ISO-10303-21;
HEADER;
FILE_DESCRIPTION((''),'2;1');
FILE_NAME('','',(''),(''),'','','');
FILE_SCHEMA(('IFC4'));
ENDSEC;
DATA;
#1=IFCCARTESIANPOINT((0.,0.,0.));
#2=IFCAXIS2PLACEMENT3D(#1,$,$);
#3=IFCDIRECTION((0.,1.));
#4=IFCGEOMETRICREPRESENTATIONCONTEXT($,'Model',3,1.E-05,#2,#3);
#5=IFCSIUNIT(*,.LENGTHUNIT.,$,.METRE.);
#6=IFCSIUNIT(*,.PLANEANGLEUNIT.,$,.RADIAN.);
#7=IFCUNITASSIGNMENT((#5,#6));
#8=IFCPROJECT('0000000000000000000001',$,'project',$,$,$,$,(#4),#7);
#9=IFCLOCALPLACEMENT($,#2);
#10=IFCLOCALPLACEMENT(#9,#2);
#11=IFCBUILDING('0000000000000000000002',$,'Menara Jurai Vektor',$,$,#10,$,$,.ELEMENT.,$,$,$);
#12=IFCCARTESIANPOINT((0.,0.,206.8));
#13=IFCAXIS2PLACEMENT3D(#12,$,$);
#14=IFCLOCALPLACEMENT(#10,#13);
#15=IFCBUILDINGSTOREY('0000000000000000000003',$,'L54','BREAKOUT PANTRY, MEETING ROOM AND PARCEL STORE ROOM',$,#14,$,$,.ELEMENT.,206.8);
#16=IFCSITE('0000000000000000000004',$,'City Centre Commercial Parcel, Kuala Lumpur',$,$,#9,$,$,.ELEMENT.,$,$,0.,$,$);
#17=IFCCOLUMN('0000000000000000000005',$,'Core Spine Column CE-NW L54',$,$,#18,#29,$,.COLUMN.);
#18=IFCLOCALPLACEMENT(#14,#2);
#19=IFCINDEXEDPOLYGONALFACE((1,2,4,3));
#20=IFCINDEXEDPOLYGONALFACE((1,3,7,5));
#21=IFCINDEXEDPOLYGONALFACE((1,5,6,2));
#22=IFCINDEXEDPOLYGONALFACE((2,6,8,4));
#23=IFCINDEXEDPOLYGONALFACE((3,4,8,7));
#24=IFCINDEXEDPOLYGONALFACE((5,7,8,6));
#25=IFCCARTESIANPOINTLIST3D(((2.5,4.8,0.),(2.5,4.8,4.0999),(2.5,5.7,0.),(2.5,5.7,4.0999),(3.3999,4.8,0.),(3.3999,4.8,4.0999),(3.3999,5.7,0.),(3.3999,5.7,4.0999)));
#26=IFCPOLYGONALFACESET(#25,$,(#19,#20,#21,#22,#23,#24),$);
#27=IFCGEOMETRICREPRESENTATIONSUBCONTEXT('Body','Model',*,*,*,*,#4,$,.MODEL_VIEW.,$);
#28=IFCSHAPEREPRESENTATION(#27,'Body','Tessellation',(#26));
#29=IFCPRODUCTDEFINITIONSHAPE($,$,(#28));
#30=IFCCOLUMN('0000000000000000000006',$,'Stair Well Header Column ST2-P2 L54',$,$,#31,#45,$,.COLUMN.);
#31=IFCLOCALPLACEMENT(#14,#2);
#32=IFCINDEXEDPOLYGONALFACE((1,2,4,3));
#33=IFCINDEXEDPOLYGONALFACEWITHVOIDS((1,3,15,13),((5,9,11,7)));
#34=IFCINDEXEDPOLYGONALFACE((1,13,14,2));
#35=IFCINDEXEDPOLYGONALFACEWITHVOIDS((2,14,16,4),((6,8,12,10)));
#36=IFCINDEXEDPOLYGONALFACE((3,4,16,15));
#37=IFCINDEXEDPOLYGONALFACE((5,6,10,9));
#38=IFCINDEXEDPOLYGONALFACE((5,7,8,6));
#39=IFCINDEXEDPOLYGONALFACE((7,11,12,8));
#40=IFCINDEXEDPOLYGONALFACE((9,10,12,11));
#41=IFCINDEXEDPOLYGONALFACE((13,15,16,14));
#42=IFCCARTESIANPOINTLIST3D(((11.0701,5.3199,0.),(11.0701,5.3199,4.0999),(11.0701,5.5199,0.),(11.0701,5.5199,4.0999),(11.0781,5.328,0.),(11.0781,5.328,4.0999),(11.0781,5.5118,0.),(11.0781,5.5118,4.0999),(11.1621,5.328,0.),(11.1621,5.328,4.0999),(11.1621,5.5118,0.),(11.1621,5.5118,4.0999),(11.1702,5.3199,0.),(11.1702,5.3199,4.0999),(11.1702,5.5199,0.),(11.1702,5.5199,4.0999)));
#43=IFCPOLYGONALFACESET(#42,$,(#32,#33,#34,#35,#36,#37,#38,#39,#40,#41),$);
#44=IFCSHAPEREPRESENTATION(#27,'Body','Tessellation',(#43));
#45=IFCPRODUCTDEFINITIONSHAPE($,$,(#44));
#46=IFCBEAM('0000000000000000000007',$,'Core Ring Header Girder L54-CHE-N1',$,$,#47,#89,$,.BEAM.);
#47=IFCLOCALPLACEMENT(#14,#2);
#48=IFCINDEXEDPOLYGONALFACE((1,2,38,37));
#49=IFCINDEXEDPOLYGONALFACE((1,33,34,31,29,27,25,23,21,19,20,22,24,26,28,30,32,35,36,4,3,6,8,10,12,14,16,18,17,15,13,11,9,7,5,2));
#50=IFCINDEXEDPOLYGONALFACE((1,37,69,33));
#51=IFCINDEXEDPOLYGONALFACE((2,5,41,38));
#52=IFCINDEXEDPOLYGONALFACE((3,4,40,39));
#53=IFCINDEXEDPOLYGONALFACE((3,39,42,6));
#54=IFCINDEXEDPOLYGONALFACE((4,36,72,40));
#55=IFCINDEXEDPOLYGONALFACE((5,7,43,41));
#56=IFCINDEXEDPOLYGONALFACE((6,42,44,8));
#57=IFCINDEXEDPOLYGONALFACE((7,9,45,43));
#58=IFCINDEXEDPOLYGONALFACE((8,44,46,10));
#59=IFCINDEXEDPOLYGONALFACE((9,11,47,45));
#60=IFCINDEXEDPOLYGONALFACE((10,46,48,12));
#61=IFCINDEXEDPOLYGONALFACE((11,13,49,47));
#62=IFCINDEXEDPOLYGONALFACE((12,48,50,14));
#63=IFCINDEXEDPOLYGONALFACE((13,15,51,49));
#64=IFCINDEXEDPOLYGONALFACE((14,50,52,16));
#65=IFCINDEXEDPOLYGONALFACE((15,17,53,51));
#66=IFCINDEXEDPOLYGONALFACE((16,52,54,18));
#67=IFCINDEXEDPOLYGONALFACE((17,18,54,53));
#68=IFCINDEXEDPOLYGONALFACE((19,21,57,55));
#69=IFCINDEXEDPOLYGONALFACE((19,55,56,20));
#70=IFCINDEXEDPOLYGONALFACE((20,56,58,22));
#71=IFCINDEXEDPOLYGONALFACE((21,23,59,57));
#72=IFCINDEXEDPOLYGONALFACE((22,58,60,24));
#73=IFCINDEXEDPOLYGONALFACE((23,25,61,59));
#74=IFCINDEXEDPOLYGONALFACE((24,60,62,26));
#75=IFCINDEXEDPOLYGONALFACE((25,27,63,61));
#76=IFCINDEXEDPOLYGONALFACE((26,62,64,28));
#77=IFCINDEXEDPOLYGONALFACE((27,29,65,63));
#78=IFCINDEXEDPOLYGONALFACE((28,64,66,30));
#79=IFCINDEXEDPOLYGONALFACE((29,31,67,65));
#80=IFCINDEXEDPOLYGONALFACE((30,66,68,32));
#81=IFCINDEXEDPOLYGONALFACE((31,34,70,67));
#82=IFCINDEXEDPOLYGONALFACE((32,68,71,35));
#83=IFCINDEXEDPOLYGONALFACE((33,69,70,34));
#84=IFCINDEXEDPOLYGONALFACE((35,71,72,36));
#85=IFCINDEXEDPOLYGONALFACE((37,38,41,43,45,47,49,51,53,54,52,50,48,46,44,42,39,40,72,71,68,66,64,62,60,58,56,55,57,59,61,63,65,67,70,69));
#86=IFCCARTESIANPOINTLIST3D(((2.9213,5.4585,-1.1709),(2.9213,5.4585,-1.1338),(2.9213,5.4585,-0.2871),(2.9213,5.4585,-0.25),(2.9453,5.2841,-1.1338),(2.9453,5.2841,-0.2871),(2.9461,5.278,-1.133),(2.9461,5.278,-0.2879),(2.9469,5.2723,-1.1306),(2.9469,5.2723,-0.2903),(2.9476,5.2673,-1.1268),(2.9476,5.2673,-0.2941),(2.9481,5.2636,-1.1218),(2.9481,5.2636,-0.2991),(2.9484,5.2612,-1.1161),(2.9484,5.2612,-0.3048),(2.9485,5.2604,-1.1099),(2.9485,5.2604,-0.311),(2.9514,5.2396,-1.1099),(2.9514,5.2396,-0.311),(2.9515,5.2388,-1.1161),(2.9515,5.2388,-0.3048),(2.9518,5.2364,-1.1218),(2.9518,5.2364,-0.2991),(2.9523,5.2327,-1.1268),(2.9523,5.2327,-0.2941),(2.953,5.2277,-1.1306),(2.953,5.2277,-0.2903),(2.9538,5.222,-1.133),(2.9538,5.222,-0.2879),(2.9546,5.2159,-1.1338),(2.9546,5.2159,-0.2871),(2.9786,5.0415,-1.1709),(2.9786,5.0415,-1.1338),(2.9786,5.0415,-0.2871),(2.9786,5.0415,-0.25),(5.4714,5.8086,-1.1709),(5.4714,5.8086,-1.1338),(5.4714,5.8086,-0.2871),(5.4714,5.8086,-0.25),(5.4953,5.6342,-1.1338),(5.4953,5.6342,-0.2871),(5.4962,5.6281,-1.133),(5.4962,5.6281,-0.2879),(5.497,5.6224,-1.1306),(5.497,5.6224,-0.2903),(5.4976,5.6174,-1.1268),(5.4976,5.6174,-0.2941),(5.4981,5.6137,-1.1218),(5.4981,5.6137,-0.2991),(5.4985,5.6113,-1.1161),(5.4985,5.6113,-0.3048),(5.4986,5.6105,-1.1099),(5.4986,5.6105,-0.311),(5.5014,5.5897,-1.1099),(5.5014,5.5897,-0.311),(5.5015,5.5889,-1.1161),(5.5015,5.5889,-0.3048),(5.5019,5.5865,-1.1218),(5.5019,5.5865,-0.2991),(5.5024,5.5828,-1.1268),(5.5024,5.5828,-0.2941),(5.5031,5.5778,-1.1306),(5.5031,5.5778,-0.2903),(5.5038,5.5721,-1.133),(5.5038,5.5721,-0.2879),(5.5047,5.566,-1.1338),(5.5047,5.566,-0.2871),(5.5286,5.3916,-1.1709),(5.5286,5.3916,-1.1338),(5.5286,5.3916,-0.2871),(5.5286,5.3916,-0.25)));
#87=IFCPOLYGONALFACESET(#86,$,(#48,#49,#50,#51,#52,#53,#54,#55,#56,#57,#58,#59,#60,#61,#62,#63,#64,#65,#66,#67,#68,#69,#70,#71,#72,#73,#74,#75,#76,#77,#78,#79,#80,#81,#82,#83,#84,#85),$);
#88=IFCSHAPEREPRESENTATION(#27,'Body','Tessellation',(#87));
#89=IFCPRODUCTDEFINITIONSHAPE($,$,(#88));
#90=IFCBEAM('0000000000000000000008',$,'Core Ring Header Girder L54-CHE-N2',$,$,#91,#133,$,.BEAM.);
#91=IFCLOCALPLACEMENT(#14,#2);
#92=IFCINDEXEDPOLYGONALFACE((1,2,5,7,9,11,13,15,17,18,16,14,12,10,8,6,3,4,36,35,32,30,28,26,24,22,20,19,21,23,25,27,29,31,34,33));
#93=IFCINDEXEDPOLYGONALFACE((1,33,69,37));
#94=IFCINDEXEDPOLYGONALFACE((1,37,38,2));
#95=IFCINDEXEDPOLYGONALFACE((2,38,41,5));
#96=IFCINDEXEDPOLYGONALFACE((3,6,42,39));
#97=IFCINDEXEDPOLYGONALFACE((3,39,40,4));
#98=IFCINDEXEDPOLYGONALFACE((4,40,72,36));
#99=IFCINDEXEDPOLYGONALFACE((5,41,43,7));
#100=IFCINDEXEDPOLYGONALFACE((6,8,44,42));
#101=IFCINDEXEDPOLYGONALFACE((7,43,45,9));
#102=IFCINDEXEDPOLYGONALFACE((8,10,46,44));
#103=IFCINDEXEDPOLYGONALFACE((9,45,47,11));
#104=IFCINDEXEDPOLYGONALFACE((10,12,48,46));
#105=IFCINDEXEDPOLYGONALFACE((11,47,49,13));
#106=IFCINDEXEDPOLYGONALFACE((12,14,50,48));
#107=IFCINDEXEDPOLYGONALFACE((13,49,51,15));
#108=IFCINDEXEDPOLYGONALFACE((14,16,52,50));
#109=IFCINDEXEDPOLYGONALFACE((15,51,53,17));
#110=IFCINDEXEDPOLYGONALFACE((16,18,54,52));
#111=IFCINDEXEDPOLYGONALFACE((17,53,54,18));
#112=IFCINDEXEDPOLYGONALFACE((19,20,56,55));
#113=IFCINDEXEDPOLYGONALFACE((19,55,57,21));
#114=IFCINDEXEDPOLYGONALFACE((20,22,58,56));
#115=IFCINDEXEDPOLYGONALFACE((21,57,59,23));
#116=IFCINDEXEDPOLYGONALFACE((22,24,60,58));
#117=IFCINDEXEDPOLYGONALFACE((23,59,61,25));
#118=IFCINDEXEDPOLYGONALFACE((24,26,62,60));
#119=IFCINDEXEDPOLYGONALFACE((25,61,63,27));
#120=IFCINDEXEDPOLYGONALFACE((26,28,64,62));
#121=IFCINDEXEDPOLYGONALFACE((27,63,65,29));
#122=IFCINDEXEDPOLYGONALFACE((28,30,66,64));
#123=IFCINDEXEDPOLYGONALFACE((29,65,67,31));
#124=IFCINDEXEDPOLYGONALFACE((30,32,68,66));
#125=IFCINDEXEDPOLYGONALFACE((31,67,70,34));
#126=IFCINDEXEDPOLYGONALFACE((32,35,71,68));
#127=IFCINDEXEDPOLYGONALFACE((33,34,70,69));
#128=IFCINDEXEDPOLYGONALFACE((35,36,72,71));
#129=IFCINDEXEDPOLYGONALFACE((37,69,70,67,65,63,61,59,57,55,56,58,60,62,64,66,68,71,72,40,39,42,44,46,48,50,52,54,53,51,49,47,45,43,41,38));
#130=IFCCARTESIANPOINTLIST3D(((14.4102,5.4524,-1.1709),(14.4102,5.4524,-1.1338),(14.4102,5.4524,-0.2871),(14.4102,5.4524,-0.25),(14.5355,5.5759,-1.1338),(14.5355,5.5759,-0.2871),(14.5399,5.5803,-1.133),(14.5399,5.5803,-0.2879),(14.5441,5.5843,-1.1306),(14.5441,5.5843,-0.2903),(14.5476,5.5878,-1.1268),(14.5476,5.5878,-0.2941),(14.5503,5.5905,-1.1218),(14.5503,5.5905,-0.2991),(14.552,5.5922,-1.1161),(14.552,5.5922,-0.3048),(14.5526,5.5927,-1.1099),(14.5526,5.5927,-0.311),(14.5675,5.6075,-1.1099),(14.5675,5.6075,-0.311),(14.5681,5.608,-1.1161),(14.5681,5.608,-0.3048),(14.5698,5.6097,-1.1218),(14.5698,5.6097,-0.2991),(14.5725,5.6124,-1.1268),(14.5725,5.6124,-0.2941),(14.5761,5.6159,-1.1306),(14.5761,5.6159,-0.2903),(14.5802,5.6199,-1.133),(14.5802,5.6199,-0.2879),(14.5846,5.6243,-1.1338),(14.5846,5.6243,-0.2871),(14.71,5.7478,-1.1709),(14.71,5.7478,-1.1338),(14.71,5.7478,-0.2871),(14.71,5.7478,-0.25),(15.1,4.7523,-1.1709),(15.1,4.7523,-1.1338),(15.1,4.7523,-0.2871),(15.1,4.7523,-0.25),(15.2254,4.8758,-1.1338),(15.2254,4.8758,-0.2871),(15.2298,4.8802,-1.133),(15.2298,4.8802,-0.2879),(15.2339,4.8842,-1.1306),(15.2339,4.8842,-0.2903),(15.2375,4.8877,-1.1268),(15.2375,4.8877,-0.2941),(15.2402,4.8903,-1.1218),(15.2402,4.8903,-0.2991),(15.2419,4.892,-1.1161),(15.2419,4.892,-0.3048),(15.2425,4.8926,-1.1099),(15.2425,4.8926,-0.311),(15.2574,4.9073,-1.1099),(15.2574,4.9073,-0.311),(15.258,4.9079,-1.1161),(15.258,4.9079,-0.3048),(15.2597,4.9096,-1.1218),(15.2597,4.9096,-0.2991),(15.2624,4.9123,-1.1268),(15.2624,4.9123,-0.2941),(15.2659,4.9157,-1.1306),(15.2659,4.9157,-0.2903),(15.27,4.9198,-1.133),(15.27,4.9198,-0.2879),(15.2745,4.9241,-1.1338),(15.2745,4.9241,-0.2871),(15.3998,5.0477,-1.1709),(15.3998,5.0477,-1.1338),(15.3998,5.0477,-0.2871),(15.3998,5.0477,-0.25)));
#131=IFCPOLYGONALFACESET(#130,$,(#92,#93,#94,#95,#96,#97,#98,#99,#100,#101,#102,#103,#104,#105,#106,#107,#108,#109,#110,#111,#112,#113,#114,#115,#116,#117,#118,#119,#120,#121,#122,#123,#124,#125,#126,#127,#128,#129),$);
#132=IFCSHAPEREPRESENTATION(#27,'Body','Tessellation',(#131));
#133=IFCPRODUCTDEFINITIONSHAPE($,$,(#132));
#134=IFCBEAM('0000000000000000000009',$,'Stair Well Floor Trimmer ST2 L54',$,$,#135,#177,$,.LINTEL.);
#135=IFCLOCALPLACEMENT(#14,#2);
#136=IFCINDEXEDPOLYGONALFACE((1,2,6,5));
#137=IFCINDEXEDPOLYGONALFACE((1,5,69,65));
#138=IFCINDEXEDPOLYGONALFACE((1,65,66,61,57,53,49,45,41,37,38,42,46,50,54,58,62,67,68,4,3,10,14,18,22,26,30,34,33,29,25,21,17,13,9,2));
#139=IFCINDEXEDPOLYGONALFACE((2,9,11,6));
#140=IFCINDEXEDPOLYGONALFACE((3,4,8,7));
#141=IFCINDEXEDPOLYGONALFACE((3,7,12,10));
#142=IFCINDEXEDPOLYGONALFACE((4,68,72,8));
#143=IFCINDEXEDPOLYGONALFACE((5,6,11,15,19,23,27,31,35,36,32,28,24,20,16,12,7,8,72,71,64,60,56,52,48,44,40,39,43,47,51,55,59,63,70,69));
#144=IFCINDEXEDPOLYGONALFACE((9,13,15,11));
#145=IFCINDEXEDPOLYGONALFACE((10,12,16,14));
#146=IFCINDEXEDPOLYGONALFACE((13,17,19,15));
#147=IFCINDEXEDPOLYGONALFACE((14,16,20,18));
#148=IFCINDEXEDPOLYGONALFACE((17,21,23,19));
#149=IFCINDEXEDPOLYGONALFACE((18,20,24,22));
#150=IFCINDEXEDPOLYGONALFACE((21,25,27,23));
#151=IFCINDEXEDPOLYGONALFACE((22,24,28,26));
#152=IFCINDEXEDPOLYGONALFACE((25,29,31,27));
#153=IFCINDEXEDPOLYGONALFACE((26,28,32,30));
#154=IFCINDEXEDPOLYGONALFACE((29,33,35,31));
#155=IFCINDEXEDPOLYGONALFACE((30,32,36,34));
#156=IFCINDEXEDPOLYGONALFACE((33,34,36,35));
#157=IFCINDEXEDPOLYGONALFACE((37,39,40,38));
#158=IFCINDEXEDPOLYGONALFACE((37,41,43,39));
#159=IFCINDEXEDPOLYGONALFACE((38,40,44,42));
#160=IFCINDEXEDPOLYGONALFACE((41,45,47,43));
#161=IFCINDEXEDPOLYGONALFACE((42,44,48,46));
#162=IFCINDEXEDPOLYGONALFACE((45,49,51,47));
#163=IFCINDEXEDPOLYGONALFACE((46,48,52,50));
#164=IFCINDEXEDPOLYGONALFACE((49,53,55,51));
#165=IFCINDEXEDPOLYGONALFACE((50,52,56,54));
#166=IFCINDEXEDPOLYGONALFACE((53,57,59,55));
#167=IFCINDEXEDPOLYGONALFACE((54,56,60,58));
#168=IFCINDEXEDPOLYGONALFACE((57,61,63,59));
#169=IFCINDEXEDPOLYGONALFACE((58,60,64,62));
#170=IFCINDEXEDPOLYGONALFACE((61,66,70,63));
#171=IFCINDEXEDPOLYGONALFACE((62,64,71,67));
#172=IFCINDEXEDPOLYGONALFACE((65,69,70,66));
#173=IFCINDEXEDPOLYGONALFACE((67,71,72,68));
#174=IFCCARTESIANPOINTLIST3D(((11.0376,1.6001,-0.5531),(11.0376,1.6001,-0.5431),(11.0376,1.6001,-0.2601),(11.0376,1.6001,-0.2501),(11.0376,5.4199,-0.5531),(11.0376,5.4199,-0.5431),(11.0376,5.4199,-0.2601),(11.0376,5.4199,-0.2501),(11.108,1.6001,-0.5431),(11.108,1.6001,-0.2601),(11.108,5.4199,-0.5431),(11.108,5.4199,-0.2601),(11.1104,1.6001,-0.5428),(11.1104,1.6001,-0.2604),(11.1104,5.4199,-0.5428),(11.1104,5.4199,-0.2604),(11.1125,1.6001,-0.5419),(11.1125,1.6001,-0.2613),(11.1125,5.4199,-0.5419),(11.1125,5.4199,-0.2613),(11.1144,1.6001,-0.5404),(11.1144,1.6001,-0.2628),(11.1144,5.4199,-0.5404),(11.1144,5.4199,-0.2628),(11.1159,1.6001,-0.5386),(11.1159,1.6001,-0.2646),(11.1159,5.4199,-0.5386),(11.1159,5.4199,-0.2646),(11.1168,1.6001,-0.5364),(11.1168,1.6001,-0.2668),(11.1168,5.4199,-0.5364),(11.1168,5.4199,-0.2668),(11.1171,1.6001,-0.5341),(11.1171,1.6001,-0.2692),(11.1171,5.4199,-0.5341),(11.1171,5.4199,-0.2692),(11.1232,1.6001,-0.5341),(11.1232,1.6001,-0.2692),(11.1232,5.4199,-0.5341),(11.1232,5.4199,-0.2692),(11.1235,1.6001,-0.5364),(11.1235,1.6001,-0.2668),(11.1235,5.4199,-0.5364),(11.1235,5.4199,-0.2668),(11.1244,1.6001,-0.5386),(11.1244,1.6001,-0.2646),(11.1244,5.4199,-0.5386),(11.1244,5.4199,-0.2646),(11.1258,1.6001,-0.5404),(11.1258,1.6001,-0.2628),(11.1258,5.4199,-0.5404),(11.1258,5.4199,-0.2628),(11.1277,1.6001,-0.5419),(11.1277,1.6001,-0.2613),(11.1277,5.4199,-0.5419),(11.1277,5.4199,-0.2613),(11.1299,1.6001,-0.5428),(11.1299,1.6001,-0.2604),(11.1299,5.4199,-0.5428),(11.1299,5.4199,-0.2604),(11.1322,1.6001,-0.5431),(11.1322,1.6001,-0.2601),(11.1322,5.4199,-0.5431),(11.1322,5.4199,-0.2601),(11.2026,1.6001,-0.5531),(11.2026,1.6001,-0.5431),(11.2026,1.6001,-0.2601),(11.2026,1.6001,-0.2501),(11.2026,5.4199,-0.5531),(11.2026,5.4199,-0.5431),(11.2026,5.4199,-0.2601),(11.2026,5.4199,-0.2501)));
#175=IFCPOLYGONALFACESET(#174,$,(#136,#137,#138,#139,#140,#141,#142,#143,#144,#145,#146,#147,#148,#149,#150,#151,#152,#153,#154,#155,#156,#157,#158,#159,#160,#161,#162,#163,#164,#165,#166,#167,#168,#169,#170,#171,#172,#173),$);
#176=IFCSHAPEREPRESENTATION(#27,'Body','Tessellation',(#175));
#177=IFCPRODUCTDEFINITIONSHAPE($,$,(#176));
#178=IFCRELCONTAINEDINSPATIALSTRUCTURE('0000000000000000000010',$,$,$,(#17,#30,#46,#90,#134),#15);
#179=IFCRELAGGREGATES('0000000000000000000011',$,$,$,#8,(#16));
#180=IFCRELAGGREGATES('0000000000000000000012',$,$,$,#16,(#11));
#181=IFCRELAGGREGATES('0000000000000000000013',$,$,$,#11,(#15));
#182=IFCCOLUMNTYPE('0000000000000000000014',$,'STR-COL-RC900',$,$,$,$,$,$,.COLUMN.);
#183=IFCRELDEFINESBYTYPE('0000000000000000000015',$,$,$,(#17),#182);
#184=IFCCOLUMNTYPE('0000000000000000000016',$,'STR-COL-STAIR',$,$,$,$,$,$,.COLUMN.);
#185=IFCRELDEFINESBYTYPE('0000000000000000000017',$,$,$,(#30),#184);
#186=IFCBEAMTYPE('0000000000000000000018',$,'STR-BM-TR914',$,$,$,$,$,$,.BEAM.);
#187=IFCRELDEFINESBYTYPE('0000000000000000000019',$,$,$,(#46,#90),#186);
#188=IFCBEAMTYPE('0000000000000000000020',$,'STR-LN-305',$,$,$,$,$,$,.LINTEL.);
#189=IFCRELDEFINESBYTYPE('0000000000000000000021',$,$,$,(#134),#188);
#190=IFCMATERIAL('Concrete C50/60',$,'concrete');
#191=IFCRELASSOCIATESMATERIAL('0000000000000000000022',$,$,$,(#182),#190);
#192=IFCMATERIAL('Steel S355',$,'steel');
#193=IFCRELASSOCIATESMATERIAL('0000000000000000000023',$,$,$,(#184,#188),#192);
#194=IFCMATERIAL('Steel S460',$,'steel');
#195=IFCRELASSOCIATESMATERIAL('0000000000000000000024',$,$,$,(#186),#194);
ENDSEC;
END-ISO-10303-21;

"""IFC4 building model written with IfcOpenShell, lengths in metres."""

from ifc_helpers import new_model, si_unit, direction, frame, origin, origin_2d, place, context, subcontext, project, spatial, rectangle, hollow_rectangle, i_section, extrude, material, material_profile, profile_set, type_object, element, save


model = new_model("IFC4")

# Units and contexts
model_context = context("Model", 3, precision=1e-05, world=origin(), true_north=direction((0.0, 1.0)))
body_context = subcontext(model_context, "Body", "Model", "MODEL_VIEW")
ifc_project = project(units=[si_unit("LENGTHUNIT", "METRE"), si_unit("PLANEANGLEUNIT", "RADIAN")], contexts=[model_context])

# Site, building, storey
site_placement = place(None, origin())
site = spatial("IfcSite", under=ifc_project, at=site_placement, Name="City Centre Commercial Parcel, Kuala Lumpur", CompositionType="ELEMENT", RefElevation=0.0)
building_placement = place(site_placement, origin())
building = spatial("IfcBuilding", under=site, at=building_placement, Name="Menara Jurai Vektor", CompositionType="ELEMENT")
storey_placement = place(building_placement, frame((0.0, 0.0, 206.8)))
storey = spatial("IfcBuildingStorey", under=building, at=storey_placement, Name="L54", Description="BREAKOUT PANTRY, MEETING ROOM AND PARCEL STORE ROOM", CompositionType="ELEMENT", Elevation=206.8)

# Columns
ifc_material_1 = material(Name="Concrete C50/60", Category="concrete")
ifc_material_profile_1 = material_profile(ifc_material_1, rectangle(XDim=0.8999, YDim=0.8999, at=origin_2d()), Name="RC 900x900")
ifc_profile_set_1 = profile_set([ifc_material_profile_1], Name="Concrete C50/60")
column_type_1 = type_object("IfcColumnType", Name="STR-COL-RC900", PredefinedType="COLUMN", material=ifc_profile_set_1)
column_1_placement = place(storey_placement, frame((2.95, 5.25, 0.0), z_axis=(0.0, 0.0, 1.0), x_axis=(1.0, 0.0, 0.0)))
element("IfcColumn", 1, at=column_1_placement, inside=storey, type_object=column_type_1, Name="Core Spine Column CE-NW L54", PredefinedType="COLUMN", context=body_context, shape_type="SweptSolid", body=[
    extrude(rectangle(XDim=0.8999, YDim=0.8999, at=origin_2d()), origin(), (0.0, 0.0, 1.0), 4.0999),
])
ifc_material_2 = material(Name="Steel S355", Category="steel")
ifc_material_profile_2 = material_profile(ifc_material_2, hollow_rectangle(XDim=0.1001, YDim=0.2, WallThickness=0.0081, at=origin_2d()), Name="RHS 200x100x8")
ifc_profile_set_2 = profile_set([ifc_material_profile_2], Name="Steel S355")
column_type_2 = type_object("IfcColumnType", Name="STR-COL-STAIR", PredefinedType="COLUMN", material=ifc_profile_set_2)
column_2_placement = place(storey_placement, frame((11.1201, 5.4199, 0.0), z_axis=(0.0, 0.0, 1.0), x_axis=(1.0, 0.0, 0.0)))
element("IfcColumn", 2, at=column_2_placement, inside=storey, type_object=column_type_2, Name="Stair Well Header Column ST2-P2 L54", PredefinedType="COLUMN", context=body_context, shape_type="SweptSolid", body=[
    extrude(hollow_rectangle(XDim=0.1001, YDim=0.2, WallThickness=0.0081, at=origin_2d()), origin(), (0.0, 0.0, 1.0), 4.0999),
])

# Beams
ifc_material_3 = material(Name="Steel S460", Category="steel")
ifc_material_profile_3 = material_profile(ifc_material_3, i_section(OverallWidth=0.4209, OverallDepth=0.9209, WebThickness=0.021, FlangeThickness=0.0371, FilletRadius=0.0239, at=origin_2d()), Name="UKB 914x419x388")
ifc_profile_set_3 = profile_set([ifc_material_profile_3], Name="Steel S460")
beam_type_1 = type_object("IfcBeamType", Name="STR-BM-TR914", PredefinedType="BEAM", material=ifc_profile_set_3)
beam_1_placement = place(storey_placement, frame((2.95, 5.25, -0.7104), z_axis=(0.990707, 0.136015, 0.0), x_axis=(-0.136015, 0.990707, 0.0)))
element("IfcBeam", 3, at=beam_1_placement, inside=storey, type_object=beam_type_1, Name="Core Ring Header Girder L54-CHE-N1", PredefinedType="BEAM", context=body_context, shape_type="SweptSolid", body=[
    extrude(i_section(OverallWidth=0.4209, OverallDepth=0.9209, WebThickness=0.021, FlangeThickness=0.0371, FilletRadius=0.0239, at=origin_2d()), origin(), (0.0, 0.0, 1.0), 2.574),
])
beam_2_placement = place(storey_placement, frame((14.5601, 5.6001, -0.7104), z_axis=(0.701872, -0.712303, 0.0), x_axis=(0.712303, 0.701872, 0.0)))
element("IfcBeam", 4, at=beam_2_placement, inside=storey, type_object=beam_type_1, Name="Core Ring Header Girder L54-CHE-N2", PredefinedType="BEAM", context=body_context, shape_type="SweptSolid", body=[
    extrude(i_section(OverallWidth=0.4209, OverallDepth=0.9209, WebThickness=0.021, FlangeThickness=0.0371, FilletRadius=0.0239, at=origin_2d()), origin(), (0.0, 0.0, 1.0), 0.9829),
])
ifc_material_profile_4 = material_profile(ifc_material_2, i_section(OverallWidth=0.165, OverallDepth=0.303, WebThickness=0.0061, FlangeThickness=0.01, FilletRadius=0.009, at=origin_2d()), Name="UKB 305x165x40")
ifc_profile_set_4 = profile_set([ifc_material_profile_4], Name="Steel S355")
beam_type_2 = type_object("IfcBeamType", Name="STR-LN-305", PredefinedType="LINTEL", material=ifc_profile_set_4)
beam_3_placement = place(storey_placement, frame((11.1201, 1.6001, -0.4016), z_axis=(0.0, 1.0, 0.0), x_axis=(-1.0, 0.0, 0.0)))
element("IfcBeam", 5, at=beam_3_placement, inside=storey, type_object=beam_type_2, Name="Stair Well Floor Trimmer ST2 L54", PredefinedType="LINTEL", context=body_context, shape_type="SweptSolid", body=[
    extrude(i_section(OverallWidth=0.165, OverallDepth=0.303, WebThickness=0.0061, FlangeThickness=0.01, FilletRadius=0.009, at=origin_2d()), origin(), (0.0, 0.0, 1.0), 3.8198),
])

save(model, "model.ifc")
